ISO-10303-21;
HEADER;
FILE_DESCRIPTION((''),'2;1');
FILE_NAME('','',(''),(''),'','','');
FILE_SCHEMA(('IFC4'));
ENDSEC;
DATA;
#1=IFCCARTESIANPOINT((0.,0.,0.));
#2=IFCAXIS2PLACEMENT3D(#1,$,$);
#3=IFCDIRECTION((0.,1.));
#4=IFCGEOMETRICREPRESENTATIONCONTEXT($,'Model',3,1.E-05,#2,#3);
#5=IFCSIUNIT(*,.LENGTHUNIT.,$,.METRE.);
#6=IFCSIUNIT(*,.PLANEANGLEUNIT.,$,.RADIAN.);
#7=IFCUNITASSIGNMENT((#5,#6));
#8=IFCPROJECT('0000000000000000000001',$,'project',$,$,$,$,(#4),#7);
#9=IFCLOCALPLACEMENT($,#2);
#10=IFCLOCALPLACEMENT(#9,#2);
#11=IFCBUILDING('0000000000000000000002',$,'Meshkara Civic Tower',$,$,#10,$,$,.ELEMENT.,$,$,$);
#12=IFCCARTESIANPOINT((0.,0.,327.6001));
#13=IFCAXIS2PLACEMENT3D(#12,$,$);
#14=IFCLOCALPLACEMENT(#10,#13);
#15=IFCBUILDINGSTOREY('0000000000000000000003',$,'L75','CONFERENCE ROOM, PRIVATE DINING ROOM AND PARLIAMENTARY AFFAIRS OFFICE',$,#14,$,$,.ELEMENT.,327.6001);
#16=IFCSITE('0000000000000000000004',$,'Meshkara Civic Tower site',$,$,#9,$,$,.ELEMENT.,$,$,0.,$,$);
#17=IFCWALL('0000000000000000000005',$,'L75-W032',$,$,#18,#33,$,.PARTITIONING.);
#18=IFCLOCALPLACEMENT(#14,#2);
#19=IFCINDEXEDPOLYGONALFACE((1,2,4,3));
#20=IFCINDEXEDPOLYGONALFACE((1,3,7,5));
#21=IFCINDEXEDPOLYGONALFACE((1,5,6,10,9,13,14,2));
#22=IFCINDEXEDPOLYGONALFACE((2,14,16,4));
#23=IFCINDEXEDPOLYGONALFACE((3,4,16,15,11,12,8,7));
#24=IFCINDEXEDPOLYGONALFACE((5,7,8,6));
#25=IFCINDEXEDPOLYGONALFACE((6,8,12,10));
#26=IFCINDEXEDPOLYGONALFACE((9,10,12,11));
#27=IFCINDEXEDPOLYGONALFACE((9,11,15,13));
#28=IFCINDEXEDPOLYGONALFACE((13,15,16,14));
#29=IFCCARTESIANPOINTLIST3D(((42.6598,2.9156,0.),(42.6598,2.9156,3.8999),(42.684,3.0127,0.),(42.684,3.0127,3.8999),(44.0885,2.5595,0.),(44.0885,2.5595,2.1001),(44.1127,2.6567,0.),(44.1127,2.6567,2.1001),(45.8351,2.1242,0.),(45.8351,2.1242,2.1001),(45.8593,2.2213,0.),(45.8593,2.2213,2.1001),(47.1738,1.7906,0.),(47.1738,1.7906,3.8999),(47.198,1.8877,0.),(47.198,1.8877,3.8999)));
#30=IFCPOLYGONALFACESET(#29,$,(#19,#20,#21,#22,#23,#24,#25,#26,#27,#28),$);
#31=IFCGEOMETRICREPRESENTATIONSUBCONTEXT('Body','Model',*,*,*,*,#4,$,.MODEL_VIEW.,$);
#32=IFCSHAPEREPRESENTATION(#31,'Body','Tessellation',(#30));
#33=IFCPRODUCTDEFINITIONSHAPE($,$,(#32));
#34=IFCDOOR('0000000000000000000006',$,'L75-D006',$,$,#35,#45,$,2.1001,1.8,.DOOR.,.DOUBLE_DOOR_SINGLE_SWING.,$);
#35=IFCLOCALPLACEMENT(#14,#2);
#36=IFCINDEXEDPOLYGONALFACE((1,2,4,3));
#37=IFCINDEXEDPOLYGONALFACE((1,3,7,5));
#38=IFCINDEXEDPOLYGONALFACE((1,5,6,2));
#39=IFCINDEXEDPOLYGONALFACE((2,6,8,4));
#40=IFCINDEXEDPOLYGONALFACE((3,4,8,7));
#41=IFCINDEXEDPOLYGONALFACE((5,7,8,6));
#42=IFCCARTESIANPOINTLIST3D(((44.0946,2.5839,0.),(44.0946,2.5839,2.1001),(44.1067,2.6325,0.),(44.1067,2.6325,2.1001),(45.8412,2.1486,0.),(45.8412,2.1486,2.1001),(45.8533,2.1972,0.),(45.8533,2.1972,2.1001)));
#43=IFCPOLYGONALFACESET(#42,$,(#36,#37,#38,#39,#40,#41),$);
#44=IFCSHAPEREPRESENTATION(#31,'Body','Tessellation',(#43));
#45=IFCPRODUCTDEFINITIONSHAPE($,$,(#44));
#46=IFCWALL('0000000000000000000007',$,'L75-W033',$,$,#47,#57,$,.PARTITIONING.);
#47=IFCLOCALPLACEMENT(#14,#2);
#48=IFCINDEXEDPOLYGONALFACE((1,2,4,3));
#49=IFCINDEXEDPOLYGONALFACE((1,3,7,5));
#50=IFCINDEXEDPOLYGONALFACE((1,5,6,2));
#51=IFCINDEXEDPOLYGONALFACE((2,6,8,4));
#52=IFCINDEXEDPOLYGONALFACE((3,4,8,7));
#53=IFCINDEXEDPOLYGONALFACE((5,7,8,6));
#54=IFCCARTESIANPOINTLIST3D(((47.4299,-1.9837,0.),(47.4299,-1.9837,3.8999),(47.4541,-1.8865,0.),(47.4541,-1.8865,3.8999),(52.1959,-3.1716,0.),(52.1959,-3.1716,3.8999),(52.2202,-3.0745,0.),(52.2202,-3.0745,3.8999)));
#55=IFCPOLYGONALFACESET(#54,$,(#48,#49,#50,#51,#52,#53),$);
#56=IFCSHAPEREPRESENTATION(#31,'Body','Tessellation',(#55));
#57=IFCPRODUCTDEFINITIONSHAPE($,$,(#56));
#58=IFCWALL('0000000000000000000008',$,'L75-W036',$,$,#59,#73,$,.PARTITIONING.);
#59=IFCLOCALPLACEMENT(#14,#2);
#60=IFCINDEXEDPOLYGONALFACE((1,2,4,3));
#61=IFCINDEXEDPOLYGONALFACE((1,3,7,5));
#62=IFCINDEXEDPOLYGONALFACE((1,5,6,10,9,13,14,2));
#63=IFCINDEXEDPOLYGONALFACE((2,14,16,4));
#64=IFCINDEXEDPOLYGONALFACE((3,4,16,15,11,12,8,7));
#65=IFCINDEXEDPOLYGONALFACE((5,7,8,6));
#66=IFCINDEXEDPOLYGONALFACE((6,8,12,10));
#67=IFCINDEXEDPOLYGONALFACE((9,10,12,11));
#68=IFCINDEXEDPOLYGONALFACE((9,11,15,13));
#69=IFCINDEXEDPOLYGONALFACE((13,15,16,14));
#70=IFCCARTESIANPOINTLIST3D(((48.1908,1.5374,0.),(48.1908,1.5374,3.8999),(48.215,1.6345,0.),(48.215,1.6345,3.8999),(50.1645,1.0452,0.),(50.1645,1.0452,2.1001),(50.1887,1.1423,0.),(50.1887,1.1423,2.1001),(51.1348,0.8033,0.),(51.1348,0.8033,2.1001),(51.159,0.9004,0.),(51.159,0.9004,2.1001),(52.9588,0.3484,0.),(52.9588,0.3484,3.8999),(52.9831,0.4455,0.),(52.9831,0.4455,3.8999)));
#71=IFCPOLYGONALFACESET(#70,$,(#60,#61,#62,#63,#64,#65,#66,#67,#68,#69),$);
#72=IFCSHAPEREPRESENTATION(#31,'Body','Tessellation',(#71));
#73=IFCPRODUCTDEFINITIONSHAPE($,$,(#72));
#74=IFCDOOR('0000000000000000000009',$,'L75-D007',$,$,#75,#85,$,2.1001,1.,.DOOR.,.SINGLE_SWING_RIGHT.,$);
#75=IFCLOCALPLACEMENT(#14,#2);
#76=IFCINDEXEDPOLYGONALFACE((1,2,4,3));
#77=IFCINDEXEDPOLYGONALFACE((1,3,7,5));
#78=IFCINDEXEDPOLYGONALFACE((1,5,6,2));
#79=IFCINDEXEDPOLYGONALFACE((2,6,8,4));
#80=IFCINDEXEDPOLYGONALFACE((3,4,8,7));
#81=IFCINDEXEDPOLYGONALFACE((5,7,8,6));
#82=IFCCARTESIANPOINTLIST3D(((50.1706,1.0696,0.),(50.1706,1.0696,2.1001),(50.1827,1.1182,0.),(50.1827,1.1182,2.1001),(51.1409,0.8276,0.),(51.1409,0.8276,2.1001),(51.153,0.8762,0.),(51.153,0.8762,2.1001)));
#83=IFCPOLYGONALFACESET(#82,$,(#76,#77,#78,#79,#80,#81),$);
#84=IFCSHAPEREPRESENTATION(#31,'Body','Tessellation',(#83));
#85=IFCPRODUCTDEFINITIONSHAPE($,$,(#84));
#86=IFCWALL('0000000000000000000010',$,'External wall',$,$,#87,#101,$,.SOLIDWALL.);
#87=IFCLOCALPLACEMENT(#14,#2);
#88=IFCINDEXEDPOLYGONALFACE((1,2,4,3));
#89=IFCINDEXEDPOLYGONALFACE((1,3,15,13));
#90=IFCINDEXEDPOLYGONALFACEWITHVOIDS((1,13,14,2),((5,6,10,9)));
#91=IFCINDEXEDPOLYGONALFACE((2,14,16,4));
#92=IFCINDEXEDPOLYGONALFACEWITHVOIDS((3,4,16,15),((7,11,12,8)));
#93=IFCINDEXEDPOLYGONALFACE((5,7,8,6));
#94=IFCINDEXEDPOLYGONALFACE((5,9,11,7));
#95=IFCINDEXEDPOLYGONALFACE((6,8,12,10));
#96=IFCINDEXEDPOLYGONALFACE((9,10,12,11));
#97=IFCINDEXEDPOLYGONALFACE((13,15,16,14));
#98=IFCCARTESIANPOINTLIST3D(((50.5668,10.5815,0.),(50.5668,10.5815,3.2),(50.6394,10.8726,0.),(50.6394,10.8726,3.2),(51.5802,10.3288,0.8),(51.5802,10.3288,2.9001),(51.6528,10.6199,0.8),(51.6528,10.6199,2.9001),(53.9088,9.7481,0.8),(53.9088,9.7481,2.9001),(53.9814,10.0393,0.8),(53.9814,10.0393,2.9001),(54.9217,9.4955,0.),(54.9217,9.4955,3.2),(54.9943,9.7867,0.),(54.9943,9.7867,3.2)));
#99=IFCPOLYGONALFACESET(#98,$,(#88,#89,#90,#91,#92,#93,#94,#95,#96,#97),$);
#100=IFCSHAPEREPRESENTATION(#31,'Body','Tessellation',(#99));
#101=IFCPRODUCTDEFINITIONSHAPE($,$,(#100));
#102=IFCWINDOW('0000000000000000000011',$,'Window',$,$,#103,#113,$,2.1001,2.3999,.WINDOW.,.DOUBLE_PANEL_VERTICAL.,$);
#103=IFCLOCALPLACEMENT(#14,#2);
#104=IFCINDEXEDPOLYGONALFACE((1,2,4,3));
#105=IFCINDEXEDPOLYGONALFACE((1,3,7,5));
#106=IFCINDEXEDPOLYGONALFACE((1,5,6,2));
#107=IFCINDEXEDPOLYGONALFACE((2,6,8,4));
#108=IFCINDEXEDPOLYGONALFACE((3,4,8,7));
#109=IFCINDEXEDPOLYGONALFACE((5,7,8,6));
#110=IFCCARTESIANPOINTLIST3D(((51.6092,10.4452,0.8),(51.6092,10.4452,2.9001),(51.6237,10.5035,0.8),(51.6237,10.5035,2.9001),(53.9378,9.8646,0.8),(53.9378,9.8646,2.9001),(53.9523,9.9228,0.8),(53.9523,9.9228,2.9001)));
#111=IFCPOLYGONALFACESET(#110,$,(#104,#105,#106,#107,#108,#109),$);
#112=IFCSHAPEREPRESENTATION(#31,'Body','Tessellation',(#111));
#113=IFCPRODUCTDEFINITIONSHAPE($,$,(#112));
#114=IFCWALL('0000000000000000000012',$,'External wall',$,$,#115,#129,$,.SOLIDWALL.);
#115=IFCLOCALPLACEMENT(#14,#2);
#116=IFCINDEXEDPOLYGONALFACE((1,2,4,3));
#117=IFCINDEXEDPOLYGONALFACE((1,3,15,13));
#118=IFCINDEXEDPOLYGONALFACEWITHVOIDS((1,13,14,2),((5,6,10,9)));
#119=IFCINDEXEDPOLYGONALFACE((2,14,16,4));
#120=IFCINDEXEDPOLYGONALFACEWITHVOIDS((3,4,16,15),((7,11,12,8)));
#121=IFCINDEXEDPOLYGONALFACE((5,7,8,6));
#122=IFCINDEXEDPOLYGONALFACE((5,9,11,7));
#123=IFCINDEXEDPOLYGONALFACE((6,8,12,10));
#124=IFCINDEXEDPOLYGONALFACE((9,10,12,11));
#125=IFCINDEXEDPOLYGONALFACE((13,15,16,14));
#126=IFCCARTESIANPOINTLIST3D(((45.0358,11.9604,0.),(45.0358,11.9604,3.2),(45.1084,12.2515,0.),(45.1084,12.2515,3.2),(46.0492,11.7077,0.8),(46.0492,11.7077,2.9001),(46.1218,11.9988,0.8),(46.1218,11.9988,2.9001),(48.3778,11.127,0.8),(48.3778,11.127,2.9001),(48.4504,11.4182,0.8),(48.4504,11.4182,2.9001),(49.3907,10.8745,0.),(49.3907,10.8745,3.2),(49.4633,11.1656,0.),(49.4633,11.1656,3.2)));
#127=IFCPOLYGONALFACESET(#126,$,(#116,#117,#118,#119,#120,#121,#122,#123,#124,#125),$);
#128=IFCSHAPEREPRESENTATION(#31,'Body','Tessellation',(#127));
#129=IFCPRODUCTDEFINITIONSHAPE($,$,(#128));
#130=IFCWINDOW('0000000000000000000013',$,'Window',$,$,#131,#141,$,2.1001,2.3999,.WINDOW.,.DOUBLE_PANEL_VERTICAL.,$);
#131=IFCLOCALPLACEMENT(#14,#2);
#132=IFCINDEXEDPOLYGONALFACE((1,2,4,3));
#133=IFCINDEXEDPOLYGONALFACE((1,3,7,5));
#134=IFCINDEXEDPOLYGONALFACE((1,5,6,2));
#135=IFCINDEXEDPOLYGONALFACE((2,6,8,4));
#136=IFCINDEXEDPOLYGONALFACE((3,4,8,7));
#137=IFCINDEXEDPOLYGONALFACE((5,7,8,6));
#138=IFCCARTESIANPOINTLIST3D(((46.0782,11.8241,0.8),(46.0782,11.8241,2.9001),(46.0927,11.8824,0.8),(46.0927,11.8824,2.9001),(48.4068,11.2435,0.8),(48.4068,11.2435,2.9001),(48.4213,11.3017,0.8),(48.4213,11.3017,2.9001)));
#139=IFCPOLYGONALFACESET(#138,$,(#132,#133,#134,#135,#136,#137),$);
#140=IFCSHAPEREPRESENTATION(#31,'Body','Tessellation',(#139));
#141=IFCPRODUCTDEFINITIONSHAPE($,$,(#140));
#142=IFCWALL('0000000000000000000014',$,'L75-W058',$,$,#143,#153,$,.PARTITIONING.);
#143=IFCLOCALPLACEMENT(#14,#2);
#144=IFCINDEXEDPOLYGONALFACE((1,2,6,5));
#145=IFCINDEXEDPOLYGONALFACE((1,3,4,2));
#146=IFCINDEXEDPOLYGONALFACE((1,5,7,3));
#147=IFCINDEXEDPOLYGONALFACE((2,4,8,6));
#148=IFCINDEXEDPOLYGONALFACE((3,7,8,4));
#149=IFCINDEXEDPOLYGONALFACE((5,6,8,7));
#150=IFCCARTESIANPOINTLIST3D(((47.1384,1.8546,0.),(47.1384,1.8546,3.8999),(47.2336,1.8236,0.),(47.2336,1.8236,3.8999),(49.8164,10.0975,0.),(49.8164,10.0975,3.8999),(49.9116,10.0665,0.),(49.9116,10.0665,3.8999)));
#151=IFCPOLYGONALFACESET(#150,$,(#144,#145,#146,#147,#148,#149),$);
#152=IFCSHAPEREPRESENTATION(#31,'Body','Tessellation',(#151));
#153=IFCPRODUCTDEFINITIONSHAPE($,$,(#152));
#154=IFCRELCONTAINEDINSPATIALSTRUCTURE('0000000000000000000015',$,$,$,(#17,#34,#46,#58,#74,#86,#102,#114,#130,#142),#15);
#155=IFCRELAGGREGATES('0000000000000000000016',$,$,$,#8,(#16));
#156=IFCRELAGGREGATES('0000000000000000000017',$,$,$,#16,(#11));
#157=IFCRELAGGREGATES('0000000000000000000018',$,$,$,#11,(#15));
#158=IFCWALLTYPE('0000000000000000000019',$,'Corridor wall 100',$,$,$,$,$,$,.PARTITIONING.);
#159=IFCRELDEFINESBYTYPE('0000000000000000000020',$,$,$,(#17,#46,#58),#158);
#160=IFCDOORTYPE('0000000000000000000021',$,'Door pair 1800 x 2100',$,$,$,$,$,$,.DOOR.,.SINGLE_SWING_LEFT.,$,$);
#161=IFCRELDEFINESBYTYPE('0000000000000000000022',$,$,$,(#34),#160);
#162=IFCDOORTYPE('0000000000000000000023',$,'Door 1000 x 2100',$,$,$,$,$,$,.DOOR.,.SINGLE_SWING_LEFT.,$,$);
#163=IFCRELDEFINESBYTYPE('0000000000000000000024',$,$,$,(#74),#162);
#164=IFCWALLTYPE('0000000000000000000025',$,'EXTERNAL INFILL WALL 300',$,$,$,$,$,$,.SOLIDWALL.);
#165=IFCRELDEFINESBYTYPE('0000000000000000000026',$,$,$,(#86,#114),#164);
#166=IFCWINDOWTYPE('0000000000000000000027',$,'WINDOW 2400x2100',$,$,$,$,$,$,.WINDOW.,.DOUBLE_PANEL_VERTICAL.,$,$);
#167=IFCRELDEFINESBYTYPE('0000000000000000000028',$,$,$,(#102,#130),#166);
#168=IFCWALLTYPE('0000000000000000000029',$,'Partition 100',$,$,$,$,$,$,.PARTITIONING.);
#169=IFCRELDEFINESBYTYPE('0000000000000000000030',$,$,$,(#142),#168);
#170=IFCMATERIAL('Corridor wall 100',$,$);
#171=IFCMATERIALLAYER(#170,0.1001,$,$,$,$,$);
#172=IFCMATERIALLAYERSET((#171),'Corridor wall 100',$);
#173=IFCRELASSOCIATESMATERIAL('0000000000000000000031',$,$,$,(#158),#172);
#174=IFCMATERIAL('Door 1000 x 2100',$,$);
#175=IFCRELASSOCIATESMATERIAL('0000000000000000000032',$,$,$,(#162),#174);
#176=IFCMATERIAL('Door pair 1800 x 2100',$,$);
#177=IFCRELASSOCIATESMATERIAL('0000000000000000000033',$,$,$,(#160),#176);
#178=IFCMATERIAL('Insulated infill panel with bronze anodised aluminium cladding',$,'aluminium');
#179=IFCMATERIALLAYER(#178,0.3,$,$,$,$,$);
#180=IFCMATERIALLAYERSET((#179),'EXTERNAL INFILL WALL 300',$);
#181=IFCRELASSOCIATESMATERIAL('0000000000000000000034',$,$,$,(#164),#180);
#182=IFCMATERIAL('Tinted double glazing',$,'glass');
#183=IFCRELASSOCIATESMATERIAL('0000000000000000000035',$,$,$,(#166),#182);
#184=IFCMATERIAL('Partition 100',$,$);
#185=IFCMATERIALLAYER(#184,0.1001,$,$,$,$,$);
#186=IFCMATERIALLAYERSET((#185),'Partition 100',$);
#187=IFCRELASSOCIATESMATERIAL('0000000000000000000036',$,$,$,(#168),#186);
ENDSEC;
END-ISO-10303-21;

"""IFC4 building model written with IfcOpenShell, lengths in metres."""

from ifc_helpers import new_model, si_unit, direction, frame, frame_2d, origin, place, context, subcontext, project, spatial, rectangle, extrude, material, layer, layer_set, type_object, element, fill, save


model = new_model("IFC4")

# Units and contexts
model_context = context("Model", 3, precision=1e-05, world=origin(), true_north=direction((0.0, 1.0)))
body_context = subcontext(model_context, "Body", "Model", "MODEL_VIEW")
ifc_project = project(units=[si_unit("LENGTHUNIT", "METRE"), si_unit("PLANEANGLEUNIT", "RADIAN")], contexts=[model_context])

# Site, building, storey
site_placement = place(None, origin())
site = spatial("IfcSite", under=ifc_project, at=site_placement, Name="Meshkara Civic Tower site", CompositionType="ELEMENT", RefElevation=0.0)
building_placement = place(site_placement, origin())
building = spatial("IfcBuilding", under=site, at=building_placement, Name="Meshkara Civic Tower", CompositionType="ELEMENT")
storey_placement = place(building_placement, frame((0.0, 0.0, 327.6001)))
storey = spatial("IfcBuildingStorey", under=building, at=storey_placement, Name="L75", Description="CONFERENCE ROOM, PRIVATE DINING ROOM AND PARLIAMENTARY AFFAIRS OFFICE", CompositionType="ELEMENT", Elevation=327.6001)

# Shared definitions
ifc_material_1 = material(Name="Corridor wall 100")
ifc_layer_1 = layer(ifc_material_1, 0.1001)
ifc_layer_set_1 = layer_set([ifc_layer_1], Name="Corridor wall 100")
wall_type_1 = type_object("IfcWallType", Name="Corridor wall 100", PredefinedType="PARTITIONING", material=ifc_layer_set_1)
ifc_material_2 = material(Name="Door 1000 x 2100")
door_type_1 = type_object("IfcDoorType", Name="Door 1000 x 2100", OperationType="SINGLE_SWING_LEFT", PredefinedType="DOOR", material=ifc_material_2)

# Wall, opening, door
wall_1_placement = place(storey_placement, frame((47.186, 1.8391, 0.0), z_axis=(0.0, 0.0, 1.0), x_axis=(-0.970318, 0.241832, 0.0)))
wall_1 = element("IfcWall", 1, at=wall_1_placement, inside=storey, type_object=wall_type_1, Name="L75-W032", PredefinedType="PARTITIONING", context=body_context, shape_type="SweptSolid", body=[
    extrude(rectangle(XDim=4.6521, YDim=0.1001, at=frame_2d((2.3262, 0.0))), origin(), (0.0, 0.0, 1.0), 3.8999),
])
opening_1_placement = place(wall_1_placement, frame((1.3799, 0.0, 0.0)))
opening_1 = element("IfcOpeningElement", 2, at=opening_1_placement, cuts=wall_1, PredefinedType="OPENING", context=body_context, shape_type="SweptSolid", body=[
    extrude(rectangle(XDim=1.8, YDim=2.1001, at=frame_2d((0.8999, 1.05))), frame((0.0, 0.0601, 0.0), z_axis=(0.0, -1.0, 0.0), x_axis=(1.0, 0.0, 0.0)), (0.0, 0.0, 1.0), 0.1201),
])
ifc_material_3 = material(Name="Door pair 1800 x 2100")
door_type_2 = type_object("IfcDoorType", Name="Door pair 1800 x 2100", OperationType="SINGLE_SWING_LEFT", PredefinedType="DOOR", material=ifc_material_3)
door_1_placement = place(opening_1_placement, origin())
door_1 = element("IfcDoor", 3, at=door_1_placement, inside=storey, type_object=door_type_2, Name="L75-D006", OperationType="DOUBLE_DOOR_SINGLE_SWING", OverallHeight=2.1001, OverallWidth=1.8, PredefinedType="DOOR", context=body_context, shape_type="SweptSolid", body=[
    extrude(rectangle(XDim=1.8, YDim=2.1001, at=frame_2d((0.8999, 1.05))), frame((0.0, 0.0249, 0.0), z_axis=(0.0, -1.0, 0.0), x_axis=(1.0, 0.0, 0.0)), (0.0, 0.0, 1.0), 0.05),
])
fill(opening_1, door_1)

# Wall
wall_2_placement = place(storey_placement, frame((47.4419, -1.9351, 0.0), z_axis=(0.0, 0.0, 1.0), x_axis=(0.970312, -0.241857, 0.0)))
element("IfcWall", 4, at=wall_2_placement, inside=storey, type_object=wall_type_1, Name="L75-W033", PredefinedType="PARTITIONING", context=body_context, shape_type="SweptSolid", body=[
    extrude(rectangle(XDim=4.9119, YDim=0.1001, at=frame_2d((2.4561, 0.0))), origin(), (0.0, 0.0, 1.0), 3.8999),
])

# Wall, opening, door
wall_3_placement = place(storey_placement, frame((52.9709, 0.397, 0.0), z_axis=(0.0, 0.0, 1.0), x_axis=(-0.970288, 0.241951, 0.0)))
wall_3 = element("IfcWall", 5, at=wall_3_placement, inside=storey, type_object=wall_type_1, Name="L75-W036", PredefinedType="PARTITIONING", context=body_context, shape_type="SweptSolid", body=[
    extrude(rectangle(XDim=4.9141, YDim=0.1001, at=frame_2d((2.457, 0.0))), origin(), (0.0, 0.0, 1.0), 3.8999),
])
opening_2_placement = place(wall_3_placement, frame((1.8799, 0.0, 0.0)))
opening_2 = element("IfcOpeningElement", 6, at=opening_2_placement, cuts=wall_3, PredefinedType="OPENING", context=body_context, shape_type="SweptSolid", body=[
    extrude(rectangle(XDim=1.0, YDim=2.1001, at=frame_2d((0.5, 1.05))), frame((0.0, 0.0601, 0.0), z_axis=(0.0, -1.0, 0.0), x_axis=(1.0, 0.0, 0.0)), (0.0, 0.0, 1.0), 0.1201),
])
door_2_placement = place(opening_2_placement, origin())
door_2 = element("IfcDoor", 7, at=door_2_placement, inside=storey, type_object=door_type_1, Name="L75-D007", OperationType="SINGLE_SWING_RIGHT", OverallHeight=2.1001, OverallWidth=1.0, PredefinedType="DOOR", context=body_context, shape_type="SweptSolid", body=[
    extrude(rectangle(XDim=1.0, YDim=2.1001, at=frame_2d((0.5, 1.05))), frame((0.0, 0.0249, 0.0), z_axis=(0.0, -1.0, 0.0), x_axis=(1.0, 0.0, 0.0)), (0.0, 0.0, 1.0), 0.05),
])
fill(opening_2, door_2)

# Walls, openings, windows
ifc_material_4 = material(Name="Insulated infill panel with bronze anodised aluminium cladding", Category="aluminium")
ifc_layer_2 = layer(ifc_material_4, 0.3)
ifc_layer_set_2 = layer_set([ifc_layer_2], Name="EXTERNAL INFILL WALL 300")
wall_type_2 = type_object("IfcWallType", Name="EXTERNAL INFILL WALL 300", PredefinedType="SOLIDWALL", material=ifc_layer_set_2)
wall_4_placement = place(storey_placement, frame((54.958, 9.6411, 0.0), z_axis=(0.0, 0.0, 1.0), x_axis=(-0.97029, 0.241947, 0.0)))
wall_4 = element("IfcWall", 8, at=wall_4_placement, inside=storey, type_object=wall_type_2, Name="External wall", PredefinedType="SOLIDWALL", context=body_context, shape_type="SweptSolid", body=[
    extrude(rectangle(XDim=4.4883, YDim=0.3, at=frame_2d((2.2441, 0.0))), origin(), (0.0, 0.0, 1.0), 3.2),
])
opening_3_placement = place(wall_4_placement, frame((1.0439, 0.0, 0.8)))
opening_3 = element("IfcOpeningElement", 9, at=opening_3_placement, cuts=wall_4, PredefinedType="OPENING", context=body_context, shape_type="SweptSolid", body=[
    extrude(rectangle(XDim=2.3999, YDim=2.1001, at=frame_2d((1.2, 1.05))), frame((0.0, 0.1599, 0.0), z_axis=(0.0, -1.0, 0.0), x_axis=(1.0, 0.0, 0.0)), (0.0, 0.0, 1.0), 0.3201),
])
ifc_material_5 = material(Name="Tinted double glazing", Category="glass")
window_type = type_object("IfcWindowType", Name="WINDOW 2400x2100", PartitioningType="DOUBLE_PANEL_VERTICAL", PredefinedType="WINDOW", material=ifc_material_5)
window_1_placement = place(opening_3_placement, origin())
window_1 = element("IfcWindow", 10, at=window_1_placement, inside=storey, type_object=window_type, Name="Window", OverallHeight=2.1001, OverallWidth=2.3999, PartitioningType="DOUBLE_PANEL_VERTICAL", PredefinedType="WINDOW", context=body_context, shape_type="SweptSolid", body=[
    extrude(rectangle(XDim=2.3999, YDim=2.1001, at=frame_2d((1.2, 1.05))), frame((0.0, 0.03, 0.0), z_axis=(0.0, -1.0, 0.0), x_axis=(1.0, 0.0, 0.0)), (0.0, 0.0, 1.0), 0.0601),
])
fill(opening_3, window_1)
wall_5_placement = place(storey_placement, frame((49.427, 11.02, 0.0), z_axis=(0.0, 0.0, 1.0), x_axis=(-0.97029, 0.241947, 0.0)))
wall_5 = element("IfcWall", 11, at=wall_5_placement, inside=storey, type_object=wall_type_2, Name="External wall", PredefinedType="SOLIDWALL", context=body_context, shape_type="SweptSolid", body=[
    extrude(rectangle(XDim=4.4883, YDim=0.3, at=frame_2d((2.2441, 0.0))), origin(), (0.0, 0.0, 1.0), 3.2),
])
opening_4_placement = place(wall_5_placement, frame((1.0439, 0.0, 0.8)))
opening_4 = element("IfcOpeningElement", 12, at=opening_4_placement, cuts=wall_5, PredefinedType="OPENING", context=body_context, shape_type="SweptSolid", body=[
    extrude(rectangle(XDim=2.3999, YDim=2.1001, at=frame_2d((1.2, 1.05))), frame((0.0, 0.1599, 0.0), z_axis=(0.0, -1.0, 0.0), x_axis=(1.0, 0.0, 0.0)), (0.0, 0.0, 1.0), 0.3201),
])
window_2_placement = place(opening_4_placement, origin())
window_2 = element("IfcWindow", 13, at=window_2_placement, inside=storey, type_object=window_type, Name="Window", OverallHeight=2.1001, OverallWidth=2.3999, PartitioningType="DOUBLE_PANEL_VERTICAL", PredefinedType="WINDOW", context=body_context, shape_type="SweptSolid", body=[
    extrude(rectangle(XDim=2.3999, YDim=2.1001, at=frame_2d((1.2, 1.05))), frame((0.0, 0.03, 0.0), z_axis=(0.0, -1.0, 0.0), x_axis=(1.0, 0.0, 0.0)), (0.0, 0.0, 1.0), 0.0601),
])
fill(opening_4, window_2)

# Wall
ifc_material_6 = material(Name="Partition 100")
ifc_layer_3 = layer(ifc_material_6, 0.1001)
ifc_layer_set_3 = layer_set([ifc_layer_3], Name="Partition 100")
wall_type_3 = type_object("IfcWallType", Name="Partition 100", PredefinedType="PARTITIONING", material=ifc_layer_set_3)
wall_6_placement = place(storey_placement, frame((47.186, 1.8391, 0.0), z_axis=(0.0, 0.0, 1.0), x_axis=(0.308985, 0.951067, 0.0)))
element("IfcWall", 14, at=wall_6_placement, inside=storey, type_object=wall_type_3, Name="L75-W058", PredefinedType="PARTITIONING", context=body_context, shape_type="SweptSolid", body=[
    extrude(rectangle(XDim=8.667, YDim=0.1001, at=frame_2d((4.3335, 0.0))), origin(), (0.0, 0.0, 1.0), 3.8999),
])

save(model, "model.ifc")
